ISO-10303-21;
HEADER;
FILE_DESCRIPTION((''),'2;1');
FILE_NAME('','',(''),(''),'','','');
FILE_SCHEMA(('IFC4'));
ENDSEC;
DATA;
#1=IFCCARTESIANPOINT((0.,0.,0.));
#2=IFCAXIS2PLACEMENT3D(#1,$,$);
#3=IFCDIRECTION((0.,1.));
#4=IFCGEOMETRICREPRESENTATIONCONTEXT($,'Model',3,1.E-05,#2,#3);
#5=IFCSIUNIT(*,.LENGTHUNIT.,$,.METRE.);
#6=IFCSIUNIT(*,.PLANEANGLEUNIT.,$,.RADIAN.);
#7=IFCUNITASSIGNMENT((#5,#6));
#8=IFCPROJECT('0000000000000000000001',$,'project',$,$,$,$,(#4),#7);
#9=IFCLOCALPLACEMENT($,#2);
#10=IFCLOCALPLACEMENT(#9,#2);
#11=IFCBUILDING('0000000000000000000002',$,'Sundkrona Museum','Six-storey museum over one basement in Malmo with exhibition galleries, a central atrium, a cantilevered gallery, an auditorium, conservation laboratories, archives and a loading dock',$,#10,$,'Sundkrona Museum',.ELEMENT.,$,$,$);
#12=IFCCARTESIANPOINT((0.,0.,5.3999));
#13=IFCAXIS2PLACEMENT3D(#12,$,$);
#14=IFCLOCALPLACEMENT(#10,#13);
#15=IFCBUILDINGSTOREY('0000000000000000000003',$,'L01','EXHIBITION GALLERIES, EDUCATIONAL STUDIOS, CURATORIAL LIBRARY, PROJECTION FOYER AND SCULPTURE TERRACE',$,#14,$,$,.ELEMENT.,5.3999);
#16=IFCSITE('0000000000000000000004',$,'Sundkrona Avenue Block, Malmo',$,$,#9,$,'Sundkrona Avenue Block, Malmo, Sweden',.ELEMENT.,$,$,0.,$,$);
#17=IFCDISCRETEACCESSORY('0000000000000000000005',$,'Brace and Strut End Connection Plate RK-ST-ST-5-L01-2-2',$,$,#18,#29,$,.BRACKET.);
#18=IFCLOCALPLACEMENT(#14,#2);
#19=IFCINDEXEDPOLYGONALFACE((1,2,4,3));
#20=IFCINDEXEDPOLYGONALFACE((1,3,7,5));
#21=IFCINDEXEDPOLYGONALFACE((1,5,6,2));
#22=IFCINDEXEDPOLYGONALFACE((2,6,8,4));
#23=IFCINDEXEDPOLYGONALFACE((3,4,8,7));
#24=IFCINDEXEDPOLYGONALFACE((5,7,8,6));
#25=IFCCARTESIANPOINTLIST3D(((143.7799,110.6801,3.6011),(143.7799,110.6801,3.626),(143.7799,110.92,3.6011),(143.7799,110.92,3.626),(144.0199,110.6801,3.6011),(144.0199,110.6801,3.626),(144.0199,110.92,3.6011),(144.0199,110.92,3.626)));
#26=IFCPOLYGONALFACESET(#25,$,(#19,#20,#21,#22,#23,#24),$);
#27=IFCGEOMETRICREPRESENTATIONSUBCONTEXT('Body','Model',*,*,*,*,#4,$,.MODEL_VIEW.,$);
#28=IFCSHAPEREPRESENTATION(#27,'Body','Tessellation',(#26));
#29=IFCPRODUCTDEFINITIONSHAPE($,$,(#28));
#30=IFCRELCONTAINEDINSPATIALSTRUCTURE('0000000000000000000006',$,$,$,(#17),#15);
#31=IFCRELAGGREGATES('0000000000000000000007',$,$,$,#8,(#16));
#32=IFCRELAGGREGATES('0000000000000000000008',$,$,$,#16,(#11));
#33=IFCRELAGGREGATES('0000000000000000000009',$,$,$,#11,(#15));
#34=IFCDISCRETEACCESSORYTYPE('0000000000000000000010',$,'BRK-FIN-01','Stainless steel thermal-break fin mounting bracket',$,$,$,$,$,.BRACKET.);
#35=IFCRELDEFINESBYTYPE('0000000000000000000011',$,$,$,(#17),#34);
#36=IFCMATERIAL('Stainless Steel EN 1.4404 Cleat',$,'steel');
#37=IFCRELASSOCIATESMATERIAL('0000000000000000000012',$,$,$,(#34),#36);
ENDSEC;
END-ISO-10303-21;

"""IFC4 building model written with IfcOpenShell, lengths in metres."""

from ifc_helpers import new_model, si_unit, direction, frame, origin, origin_2d, place, context, subcontext, project, spatial, rectangle, extrude, material, type_object, element, save


model = new_model("IFC4")

# Units and contexts
model_context = context("Model", 3, precision=1e-05, world=origin(), true_north=direction((0.0, 1.0)))
body_context = subcontext(model_context, "Body", "Model", "MODEL_VIEW")
ifc_project = project(units=[si_unit("LENGTHUNIT", "METRE"), si_unit("PLANEANGLEUNIT", "RADIAN")], contexts=[model_context])

# Site, building, storey
site_placement = place(None, origin())
site = spatial("IfcSite", under=ifc_project, at=site_placement, Name="Sundkrona Avenue Block, Malmo", LongName="Sundkrona Avenue Block, Malmo, Sweden", CompositionType="ELEMENT", RefElevation=0.0)
building_placement = place(site_placement, origin())
building = spatial("IfcBuilding", under=site, at=building_placement, Name="Sundkrona Museum", Description="Six-storey museum over one basement in Malmo with exhibition galleries, a central atrium, a cantilevered gallery, an auditorium, conservation laboratories, archives and a loading dock", LongName="Sundkrona Museum", CompositionType="ELEMENT")
storey_placement = place(building_placement, frame((0.0, 0.0, 5.3999)))
storey = spatial("IfcBuildingStorey", under=building, at=storey_placement, Name="L01", Description="EXHIBITION GALLERIES, EDUCATIONAL STUDIOS, CURATORIAL LIBRARY, PROJECTION FOYER AND SCULPTURE TERRACE", CompositionType="ELEMENT", Elevation=5.3999)

# Discrete accessory
ifc_material_1 = material(Name="Stainless Steel EN 1.4404 Cleat", Category="steel")
discrete_accessory_type = type_object("IfcDiscreteAccessoryType", Name="BRK-FIN-01", Description="Stainless steel thermal-break fin mounting bracket", PredefinedType="BRACKET", material=ifc_material_1)
for number, where, z_axis, x_axis, name in (
    (1, (143.8999, 110.8, 3.6011), (0.0, 0.0, 1.0), (1.0, 0.0, 0.0), "Brace and Strut End Connection Plate RK-ST-ST-5-L01-2-2"),
):
    element("IfcDiscreteAccessory", number, at=place(storey_placement, frame(where, z_axis=z_axis, x_axis=x_axis)), inside=storey, type_object=discrete_accessory_type, Name=name, PredefinedType="BRACKET", context=body_context, shape_type="SweptSolid", body=[
        extrude(rectangle(XDim=0.24, YDim=0.24, at=origin_2d()), origin(), (0.0, 0.0, 1.0), 0.0249),
    ])

save(model, "model.ifc")
